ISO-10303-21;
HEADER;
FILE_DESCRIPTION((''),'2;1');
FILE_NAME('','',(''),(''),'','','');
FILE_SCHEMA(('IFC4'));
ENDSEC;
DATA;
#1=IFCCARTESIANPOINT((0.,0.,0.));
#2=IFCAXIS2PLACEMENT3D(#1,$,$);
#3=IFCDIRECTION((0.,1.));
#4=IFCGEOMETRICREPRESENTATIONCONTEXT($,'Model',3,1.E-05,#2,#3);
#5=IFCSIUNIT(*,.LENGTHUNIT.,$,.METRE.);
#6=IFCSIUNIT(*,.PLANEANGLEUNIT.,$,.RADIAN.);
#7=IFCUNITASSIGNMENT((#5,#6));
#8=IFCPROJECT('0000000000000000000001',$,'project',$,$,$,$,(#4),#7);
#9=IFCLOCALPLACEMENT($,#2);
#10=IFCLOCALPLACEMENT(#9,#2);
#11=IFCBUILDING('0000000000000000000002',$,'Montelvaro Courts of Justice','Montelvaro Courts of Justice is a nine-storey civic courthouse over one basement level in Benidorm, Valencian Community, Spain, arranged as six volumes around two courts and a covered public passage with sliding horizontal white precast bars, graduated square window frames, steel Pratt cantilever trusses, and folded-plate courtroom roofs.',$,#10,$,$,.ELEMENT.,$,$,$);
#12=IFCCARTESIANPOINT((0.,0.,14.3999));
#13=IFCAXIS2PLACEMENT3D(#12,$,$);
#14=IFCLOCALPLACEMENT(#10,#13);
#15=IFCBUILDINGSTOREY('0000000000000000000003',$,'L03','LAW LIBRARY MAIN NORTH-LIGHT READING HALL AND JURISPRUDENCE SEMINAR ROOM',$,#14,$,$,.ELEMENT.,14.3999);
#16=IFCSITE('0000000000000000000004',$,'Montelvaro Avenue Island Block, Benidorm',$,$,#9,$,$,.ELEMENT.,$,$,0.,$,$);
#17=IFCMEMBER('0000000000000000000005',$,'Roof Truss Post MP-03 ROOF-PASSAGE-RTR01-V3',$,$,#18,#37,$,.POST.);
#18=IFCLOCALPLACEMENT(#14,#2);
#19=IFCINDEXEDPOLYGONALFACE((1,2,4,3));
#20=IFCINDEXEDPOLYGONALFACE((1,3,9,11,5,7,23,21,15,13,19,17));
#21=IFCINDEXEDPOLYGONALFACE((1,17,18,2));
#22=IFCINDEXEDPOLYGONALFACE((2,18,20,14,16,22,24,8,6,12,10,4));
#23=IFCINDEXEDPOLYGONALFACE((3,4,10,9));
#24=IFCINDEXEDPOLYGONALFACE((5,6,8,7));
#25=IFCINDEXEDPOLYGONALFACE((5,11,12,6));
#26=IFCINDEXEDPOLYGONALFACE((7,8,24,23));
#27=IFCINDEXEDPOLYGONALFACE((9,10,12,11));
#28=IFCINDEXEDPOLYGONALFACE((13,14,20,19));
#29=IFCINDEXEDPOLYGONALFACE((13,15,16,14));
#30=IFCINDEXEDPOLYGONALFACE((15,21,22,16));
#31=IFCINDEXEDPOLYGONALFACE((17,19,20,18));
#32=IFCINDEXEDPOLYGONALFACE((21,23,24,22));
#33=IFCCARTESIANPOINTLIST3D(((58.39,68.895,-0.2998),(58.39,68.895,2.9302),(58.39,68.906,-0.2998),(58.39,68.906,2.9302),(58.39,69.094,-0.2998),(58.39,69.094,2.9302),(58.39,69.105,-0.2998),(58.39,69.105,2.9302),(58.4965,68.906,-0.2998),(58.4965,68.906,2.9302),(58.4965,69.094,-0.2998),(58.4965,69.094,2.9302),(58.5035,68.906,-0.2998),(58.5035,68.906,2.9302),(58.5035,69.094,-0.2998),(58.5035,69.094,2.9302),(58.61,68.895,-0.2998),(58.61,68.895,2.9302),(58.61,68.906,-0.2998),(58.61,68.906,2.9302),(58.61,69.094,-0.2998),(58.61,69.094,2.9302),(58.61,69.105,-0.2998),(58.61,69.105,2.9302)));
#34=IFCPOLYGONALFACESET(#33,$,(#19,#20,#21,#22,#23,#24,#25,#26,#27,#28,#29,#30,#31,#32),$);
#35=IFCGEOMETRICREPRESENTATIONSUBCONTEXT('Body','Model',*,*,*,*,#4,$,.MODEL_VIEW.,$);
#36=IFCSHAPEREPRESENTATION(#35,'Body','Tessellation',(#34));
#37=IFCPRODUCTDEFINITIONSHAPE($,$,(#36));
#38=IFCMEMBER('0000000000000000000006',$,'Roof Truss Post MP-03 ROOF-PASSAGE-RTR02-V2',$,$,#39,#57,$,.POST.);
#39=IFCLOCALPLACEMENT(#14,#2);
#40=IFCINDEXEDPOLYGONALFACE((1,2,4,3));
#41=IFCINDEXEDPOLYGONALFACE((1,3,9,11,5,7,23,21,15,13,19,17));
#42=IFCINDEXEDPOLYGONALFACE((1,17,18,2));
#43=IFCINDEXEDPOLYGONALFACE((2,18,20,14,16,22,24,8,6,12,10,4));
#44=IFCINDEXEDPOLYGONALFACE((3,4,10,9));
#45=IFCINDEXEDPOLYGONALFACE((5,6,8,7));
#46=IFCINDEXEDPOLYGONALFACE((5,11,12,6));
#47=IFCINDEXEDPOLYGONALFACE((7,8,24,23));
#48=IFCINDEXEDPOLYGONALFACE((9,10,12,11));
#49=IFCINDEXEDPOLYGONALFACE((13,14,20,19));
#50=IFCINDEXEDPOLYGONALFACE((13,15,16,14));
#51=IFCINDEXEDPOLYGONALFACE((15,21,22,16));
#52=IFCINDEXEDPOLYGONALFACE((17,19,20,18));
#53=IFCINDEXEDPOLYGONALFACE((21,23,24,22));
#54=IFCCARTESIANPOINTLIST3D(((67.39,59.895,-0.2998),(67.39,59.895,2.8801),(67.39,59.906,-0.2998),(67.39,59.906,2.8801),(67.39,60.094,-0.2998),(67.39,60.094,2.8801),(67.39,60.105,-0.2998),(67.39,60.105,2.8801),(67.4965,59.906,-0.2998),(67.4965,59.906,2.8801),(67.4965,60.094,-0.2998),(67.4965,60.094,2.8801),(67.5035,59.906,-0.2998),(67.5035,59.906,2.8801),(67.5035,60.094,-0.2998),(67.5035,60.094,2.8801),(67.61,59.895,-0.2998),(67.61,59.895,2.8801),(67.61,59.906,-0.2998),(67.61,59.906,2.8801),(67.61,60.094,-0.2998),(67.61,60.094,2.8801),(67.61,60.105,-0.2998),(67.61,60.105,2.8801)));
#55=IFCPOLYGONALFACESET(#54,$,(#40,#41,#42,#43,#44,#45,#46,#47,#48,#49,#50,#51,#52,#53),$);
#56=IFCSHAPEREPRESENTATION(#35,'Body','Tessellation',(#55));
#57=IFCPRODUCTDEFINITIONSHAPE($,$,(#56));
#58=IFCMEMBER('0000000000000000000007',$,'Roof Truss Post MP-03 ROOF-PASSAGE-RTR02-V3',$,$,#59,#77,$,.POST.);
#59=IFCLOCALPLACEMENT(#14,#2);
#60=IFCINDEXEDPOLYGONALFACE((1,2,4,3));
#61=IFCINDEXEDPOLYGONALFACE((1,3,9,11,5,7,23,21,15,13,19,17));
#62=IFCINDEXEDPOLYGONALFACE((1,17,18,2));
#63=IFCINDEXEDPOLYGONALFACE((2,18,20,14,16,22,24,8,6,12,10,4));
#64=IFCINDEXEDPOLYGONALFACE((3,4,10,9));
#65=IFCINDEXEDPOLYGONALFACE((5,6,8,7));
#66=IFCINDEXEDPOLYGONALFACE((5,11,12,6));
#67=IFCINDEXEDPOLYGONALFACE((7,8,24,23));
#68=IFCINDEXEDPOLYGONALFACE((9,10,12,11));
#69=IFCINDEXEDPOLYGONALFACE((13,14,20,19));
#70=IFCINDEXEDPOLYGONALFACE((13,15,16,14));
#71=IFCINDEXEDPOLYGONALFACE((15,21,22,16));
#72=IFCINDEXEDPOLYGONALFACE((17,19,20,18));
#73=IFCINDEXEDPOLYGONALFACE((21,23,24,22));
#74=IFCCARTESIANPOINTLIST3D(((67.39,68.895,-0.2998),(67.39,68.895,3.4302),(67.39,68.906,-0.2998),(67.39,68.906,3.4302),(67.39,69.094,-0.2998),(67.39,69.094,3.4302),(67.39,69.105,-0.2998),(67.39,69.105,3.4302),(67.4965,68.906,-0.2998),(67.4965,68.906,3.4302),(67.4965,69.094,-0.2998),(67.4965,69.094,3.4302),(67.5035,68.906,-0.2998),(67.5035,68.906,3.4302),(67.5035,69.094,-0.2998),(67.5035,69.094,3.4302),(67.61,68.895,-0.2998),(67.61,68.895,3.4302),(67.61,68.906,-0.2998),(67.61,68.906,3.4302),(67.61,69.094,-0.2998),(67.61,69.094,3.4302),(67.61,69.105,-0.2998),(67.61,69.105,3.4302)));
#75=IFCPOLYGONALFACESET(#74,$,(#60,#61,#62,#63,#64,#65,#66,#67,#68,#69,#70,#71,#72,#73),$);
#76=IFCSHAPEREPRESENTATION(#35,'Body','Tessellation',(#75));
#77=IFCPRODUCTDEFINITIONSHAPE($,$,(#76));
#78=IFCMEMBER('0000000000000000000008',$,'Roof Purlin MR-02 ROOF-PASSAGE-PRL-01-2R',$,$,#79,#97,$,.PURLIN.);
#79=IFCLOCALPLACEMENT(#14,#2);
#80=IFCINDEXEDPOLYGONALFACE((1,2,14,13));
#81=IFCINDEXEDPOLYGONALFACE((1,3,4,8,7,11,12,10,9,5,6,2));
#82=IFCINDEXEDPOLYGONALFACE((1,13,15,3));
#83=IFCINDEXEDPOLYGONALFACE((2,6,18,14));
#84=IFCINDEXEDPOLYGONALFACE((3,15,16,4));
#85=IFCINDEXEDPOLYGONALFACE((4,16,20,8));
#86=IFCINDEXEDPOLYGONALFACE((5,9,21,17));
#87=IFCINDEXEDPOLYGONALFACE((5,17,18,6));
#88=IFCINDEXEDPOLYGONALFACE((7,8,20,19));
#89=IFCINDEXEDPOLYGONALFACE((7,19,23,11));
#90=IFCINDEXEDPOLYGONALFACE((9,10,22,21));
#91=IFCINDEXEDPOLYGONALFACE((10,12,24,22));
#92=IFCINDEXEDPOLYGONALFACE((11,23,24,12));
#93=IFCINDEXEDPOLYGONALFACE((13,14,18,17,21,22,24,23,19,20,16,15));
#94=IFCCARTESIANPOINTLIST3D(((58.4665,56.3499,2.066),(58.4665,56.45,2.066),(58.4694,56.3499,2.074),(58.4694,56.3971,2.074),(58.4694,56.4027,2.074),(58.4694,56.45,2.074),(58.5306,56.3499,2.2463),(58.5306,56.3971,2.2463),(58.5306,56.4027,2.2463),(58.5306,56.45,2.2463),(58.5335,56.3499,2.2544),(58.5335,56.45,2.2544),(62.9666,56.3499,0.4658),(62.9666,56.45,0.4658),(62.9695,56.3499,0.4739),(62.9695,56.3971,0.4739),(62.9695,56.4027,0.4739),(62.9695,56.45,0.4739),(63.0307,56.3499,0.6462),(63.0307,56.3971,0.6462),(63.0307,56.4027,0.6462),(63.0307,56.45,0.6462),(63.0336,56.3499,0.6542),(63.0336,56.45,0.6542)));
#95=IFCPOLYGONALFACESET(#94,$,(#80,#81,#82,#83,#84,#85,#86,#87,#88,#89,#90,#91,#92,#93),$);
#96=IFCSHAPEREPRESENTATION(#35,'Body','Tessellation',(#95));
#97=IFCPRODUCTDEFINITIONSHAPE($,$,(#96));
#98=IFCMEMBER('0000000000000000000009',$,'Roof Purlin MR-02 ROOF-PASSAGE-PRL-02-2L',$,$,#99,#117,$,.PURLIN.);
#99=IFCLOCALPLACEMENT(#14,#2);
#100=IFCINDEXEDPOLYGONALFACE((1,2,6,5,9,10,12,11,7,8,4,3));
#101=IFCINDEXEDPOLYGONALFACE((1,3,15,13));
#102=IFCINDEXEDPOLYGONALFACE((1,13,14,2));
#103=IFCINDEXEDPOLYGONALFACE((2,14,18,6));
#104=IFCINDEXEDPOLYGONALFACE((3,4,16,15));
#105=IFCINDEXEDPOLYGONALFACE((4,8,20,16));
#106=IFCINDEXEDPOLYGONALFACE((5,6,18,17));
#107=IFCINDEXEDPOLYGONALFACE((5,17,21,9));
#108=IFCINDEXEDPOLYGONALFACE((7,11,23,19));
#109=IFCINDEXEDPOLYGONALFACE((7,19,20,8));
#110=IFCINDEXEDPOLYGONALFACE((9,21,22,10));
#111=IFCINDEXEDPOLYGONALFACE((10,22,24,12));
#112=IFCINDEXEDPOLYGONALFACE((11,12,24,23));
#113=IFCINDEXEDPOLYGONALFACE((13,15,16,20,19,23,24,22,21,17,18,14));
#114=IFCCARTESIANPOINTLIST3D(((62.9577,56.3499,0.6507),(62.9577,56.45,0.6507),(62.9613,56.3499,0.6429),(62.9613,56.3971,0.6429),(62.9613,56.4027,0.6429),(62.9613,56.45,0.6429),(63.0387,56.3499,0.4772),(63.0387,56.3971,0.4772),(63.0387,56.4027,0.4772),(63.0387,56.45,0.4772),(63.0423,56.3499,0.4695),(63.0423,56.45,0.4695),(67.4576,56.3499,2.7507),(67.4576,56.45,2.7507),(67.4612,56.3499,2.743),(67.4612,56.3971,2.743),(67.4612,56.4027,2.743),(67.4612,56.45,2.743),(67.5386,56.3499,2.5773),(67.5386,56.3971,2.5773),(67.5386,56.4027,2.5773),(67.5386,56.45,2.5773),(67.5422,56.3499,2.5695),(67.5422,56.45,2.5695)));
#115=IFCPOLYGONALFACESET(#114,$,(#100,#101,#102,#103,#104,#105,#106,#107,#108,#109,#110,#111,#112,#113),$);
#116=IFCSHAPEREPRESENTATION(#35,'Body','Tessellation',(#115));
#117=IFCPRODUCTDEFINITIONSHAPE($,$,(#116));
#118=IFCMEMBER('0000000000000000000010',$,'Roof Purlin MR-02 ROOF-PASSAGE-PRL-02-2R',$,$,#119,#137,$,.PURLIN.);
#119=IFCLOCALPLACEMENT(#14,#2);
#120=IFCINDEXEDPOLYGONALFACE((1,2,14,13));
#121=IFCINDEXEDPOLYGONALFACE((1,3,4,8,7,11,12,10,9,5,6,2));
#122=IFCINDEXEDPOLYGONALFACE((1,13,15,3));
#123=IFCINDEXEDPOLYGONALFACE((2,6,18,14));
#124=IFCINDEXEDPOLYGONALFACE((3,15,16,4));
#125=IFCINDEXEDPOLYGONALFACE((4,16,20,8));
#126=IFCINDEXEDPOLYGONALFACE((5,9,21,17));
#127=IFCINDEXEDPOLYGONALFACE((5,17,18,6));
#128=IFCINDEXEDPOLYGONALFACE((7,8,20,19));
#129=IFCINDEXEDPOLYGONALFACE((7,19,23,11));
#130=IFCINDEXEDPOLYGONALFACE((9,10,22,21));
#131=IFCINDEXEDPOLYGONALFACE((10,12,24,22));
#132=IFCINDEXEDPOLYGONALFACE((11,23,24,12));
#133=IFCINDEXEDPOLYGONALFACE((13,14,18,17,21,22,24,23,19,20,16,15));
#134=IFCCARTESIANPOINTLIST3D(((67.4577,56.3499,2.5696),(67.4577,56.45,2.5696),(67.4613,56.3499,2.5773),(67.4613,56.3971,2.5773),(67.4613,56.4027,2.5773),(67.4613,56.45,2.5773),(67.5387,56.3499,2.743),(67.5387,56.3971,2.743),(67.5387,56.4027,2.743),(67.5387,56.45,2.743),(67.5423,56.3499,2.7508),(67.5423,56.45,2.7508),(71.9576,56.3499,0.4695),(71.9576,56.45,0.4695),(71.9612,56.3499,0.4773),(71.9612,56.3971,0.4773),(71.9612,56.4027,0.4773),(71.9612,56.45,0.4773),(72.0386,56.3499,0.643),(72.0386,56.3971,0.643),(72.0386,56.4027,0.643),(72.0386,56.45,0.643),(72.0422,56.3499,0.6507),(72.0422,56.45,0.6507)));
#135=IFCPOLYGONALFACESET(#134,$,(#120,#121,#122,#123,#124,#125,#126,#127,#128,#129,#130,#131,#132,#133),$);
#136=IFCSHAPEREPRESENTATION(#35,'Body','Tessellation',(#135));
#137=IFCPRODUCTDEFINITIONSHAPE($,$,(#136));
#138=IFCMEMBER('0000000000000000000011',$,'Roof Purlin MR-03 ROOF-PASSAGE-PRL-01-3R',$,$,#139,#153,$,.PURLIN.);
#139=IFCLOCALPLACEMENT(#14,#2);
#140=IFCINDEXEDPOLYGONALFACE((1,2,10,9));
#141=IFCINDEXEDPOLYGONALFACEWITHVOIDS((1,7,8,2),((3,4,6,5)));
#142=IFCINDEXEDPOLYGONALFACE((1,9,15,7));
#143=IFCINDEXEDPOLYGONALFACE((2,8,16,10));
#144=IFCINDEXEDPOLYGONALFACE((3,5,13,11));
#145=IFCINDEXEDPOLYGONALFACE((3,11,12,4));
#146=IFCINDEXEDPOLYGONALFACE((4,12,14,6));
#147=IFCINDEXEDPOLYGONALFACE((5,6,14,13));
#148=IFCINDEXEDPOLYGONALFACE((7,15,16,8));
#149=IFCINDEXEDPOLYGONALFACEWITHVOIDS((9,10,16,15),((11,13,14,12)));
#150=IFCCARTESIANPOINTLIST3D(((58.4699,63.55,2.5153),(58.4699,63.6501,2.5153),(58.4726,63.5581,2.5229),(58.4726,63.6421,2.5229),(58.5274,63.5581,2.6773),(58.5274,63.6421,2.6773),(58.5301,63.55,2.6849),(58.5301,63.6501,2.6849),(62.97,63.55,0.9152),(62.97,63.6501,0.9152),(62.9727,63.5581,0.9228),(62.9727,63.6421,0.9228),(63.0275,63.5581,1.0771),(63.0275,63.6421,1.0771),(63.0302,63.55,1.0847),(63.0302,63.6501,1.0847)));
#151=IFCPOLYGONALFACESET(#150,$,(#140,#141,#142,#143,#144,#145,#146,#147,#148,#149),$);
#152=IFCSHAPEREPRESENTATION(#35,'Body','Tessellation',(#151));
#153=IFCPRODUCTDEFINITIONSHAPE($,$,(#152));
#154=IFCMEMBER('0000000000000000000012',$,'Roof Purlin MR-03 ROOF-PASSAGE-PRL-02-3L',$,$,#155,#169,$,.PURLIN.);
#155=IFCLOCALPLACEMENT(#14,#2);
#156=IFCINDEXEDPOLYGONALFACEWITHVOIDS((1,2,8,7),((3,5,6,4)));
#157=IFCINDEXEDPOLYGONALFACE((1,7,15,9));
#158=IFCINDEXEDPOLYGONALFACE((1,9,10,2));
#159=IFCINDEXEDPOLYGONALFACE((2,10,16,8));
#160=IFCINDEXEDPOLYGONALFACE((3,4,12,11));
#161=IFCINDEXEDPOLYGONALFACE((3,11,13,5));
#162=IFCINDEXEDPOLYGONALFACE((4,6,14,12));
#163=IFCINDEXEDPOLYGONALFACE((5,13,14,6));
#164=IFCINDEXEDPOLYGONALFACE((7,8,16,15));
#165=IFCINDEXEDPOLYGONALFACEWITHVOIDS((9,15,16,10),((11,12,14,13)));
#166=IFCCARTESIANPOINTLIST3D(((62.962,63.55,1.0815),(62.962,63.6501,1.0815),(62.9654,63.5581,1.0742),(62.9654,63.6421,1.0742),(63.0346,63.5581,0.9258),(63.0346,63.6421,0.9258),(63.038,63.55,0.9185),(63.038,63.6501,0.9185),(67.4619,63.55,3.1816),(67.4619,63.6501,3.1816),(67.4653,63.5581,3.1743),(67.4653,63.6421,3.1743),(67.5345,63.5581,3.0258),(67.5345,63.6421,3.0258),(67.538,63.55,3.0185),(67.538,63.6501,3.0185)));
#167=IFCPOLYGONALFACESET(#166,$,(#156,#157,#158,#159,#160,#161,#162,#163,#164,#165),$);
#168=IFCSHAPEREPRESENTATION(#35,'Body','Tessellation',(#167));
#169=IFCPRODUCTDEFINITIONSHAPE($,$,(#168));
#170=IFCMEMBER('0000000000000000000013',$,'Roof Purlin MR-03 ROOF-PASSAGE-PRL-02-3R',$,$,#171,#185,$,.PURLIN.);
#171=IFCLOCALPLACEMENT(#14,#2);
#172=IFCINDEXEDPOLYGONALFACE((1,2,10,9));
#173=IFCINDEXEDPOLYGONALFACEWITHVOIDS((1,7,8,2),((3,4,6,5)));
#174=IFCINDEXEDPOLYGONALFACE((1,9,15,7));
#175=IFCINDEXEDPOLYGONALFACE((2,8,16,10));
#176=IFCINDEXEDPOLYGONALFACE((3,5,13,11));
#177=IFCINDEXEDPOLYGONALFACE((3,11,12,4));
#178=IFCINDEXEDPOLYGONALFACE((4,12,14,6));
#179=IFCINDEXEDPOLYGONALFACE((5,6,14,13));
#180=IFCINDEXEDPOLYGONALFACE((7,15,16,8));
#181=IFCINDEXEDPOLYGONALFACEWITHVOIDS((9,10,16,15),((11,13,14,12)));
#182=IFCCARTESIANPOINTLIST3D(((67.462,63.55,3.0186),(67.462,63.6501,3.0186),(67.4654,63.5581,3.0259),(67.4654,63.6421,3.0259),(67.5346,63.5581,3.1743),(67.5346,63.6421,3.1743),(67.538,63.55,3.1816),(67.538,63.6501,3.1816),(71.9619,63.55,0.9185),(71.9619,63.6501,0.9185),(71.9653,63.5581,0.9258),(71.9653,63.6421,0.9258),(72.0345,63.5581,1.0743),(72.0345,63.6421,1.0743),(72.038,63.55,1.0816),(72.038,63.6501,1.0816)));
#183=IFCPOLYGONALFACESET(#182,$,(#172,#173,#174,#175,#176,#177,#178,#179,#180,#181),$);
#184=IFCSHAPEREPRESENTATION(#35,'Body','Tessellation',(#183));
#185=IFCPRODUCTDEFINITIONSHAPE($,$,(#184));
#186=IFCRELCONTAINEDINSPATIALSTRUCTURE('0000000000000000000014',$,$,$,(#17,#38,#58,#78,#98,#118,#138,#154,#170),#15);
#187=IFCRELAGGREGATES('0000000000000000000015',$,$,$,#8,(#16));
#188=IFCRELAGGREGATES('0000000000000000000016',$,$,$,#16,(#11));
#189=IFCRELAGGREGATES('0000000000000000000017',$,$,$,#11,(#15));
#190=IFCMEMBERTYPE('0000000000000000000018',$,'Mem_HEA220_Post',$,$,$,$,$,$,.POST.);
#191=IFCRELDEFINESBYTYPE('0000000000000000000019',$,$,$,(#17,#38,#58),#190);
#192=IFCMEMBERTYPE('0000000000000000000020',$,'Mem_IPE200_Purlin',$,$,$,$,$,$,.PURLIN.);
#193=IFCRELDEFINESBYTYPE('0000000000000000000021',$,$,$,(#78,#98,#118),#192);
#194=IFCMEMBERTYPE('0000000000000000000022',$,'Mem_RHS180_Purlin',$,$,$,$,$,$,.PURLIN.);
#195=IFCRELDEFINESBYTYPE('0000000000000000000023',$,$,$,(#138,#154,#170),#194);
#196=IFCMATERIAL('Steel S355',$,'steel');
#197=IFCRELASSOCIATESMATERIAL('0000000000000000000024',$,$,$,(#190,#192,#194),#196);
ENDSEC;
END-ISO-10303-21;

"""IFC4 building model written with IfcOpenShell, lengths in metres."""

from ifc_helpers import new_model, si_unit, direction, frame, origin, origin_2d, place, context, subcontext, project, spatial, hollow_rectangle, i_section, extrude, material, material_profile, profile_set, type_object, element, save


model = new_model("IFC4")

# Units and contexts
model_context = context("Model", 3, precision=1e-05, world=origin(), true_north=direction((0.0, 1.0)))
body_context = subcontext(model_context, "Body", "Model", "MODEL_VIEW")
ifc_project = project(units=[si_unit("LENGTHUNIT", "METRE"), si_unit("PLANEANGLEUNIT", "RADIAN")], contexts=[model_context])

# Site, building, storey
site_placement = place(None, origin())
site = spatial("IfcSite", under=ifc_project, at=site_placement, Name="Montelvaro Avenue Island Block, Benidorm", CompositionType="ELEMENT", RefElevation=0.0)
building_placement = place(site_placement, origin())
building = spatial("IfcBuilding", under=site, at=building_placement, Name="Montelvaro Courts of Justice", Description="Montelvaro Courts of Justice is a nine-storey civic courthouse over one basement level in Benidorm, Valencian Community, Spain, arranged as six volumes around two courts and a covered public passage with sliding horizontal white precast bars, graduated square window frames, steel Pratt cantilever trusses, and folded-plate courtroom roofs.", CompositionType="ELEMENT")
storey_placement = place(building_placement, frame((0.0, 0.0, 14.3999)))
storey = spatial("IfcBuildingStorey", under=building, at=storey_placement, Name="L03", Description="LAW LIBRARY MAIN NORTH-LIGHT READING HALL AND JURISPRUDENCE SEMINAR ROOM", CompositionType="ELEMENT", Elevation=14.3999)

# Members
ifc_material = material(Name="Steel S355", Category="steel")
ifc_material_profile_1 = material_profile(ifc_material, i_section(OverallWidth=0.22, OverallDepth=0.21, WebThickness=0.0071, FlangeThickness=0.011, at=origin_2d()), Name="HEA 220")
ifc_profile_set_1 = profile_set([ifc_material_profile_1], Name="Steel S355")
member_type_1 = type_object("IfcMemberType", Name="Mem_HEA220_Post", PredefinedType="POST", material=ifc_profile_set_1)
member_1_placement = place(storey_placement, frame((58.5, 69.0, -0.2998), z_axis=(0.0, 0.0, 1.0), x_axis=(1.0, 0.0, 0.0)))
element("IfcMember", 1, at=member_1_placement, inside=storey, type_object=member_type_1, Name="Roof Truss Post MP-03 ROOF-PASSAGE-RTR01-V3", PredefinedType="POST", context=body_context, shape_type="SweptSolid", body=[
    extrude(i_section(OverallWidth=0.22, OverallDepth=0.21, WebThickness=0.0071, FlangeThickness=0.011, at=origin_2d()), origin(), (0.0, 0.0, 1.0), 3.23),
])
member_2_placement = place(storey_placement, frame((67.5, 60.0, -0.2998), z_axis=(0.0, 0.0, 1.0), x_axis=(1.0, 0.0, 0.0)))
element("IfcMember", 2, at=member_2_placement, inside=storey, type_object=member_type_1, Name="Roof Truss Post MP-03 ROOF-PASSAGE-RTR02-V2", PredefinedType="POST", context=body_context, shape_type="SweptSolid", body=[
    extrude(i_section(OverallWidth=0.22, OverallDepth=0.21, WebThickness=0.0071, FlangeThickness=0.011, at=origin_2d()), origin(), (0.0, 0.0, 1.0), 3.1799),
])
member_3_placement = place(storey_placement, frame((67.5, 69.0, -0.2998), z_axis=(0.0, 0.0, 1.0), x_axis=(1.0, 0.0, 0.0)))
element("IfcMember", 3, at=member_3_placement, inside=storey, type_object=member_type_1, Name="Roof Truss Post MP-03 ROOF-PASSAGE-RTR02-V3", PredefinedType="POST", context=body_context, shape_type="SweptSolid", body=[
    extrude(i_section(OverallWidth=0.22, OverallDepth=0.21, WebThickness=0.0071, FlangeThickness=0.011, at=origin_2d()), origin(), (0.0, 0.0, 1.0), 3.73),
])
ifc_material_profile_2 = material_profile(ifc_material, i_section(OverallWidth=0.1001, OverallDepth=0.2, WebThickness=0.0056, FlangeThickness=0.0085, at=origin_2d()), Name="IPE 200")
ifc_profile_set_2 = profile_set([ifc_material_profile_2], Name="Steel S355")
member_type_2 = type_object("IfcMemberType", Name="Mem_IPE200_Purlin", PredefinedType="PURLIN", material=ifc_profile_set_2)
member_4_placement = place(storey_placement, frame((58.5, 56.3999, 2.1602), z_axis=(0.942208, 0.0, -0.335028), x_axis=(0.0, 1.0, 0.0)))
element("IfcMember", 4, at=member_4_placement, inside=storey, type_object=member_type_2, Name="Roof Purlin MR-02 ROOF-PASSAGE-PRL-01-2R", PredefinedType="PURLIN", context=body_context, shape_type="SweptSolid", body=[
    extrude(i_section(OverallWidth=0.1001, OverallDepth=0.2, WebThickness=0.0056, FlangeThickness=0.0085, at=origin_2d()), origin(), (0.0, 0.0, 1.0), 4.7761),
])
for number, where, z_axis, x_axis, name in (
    (5, (63.0, 56.3999, 0.5601), (0.906176, 0.0, 0.422902), (0.0, 1.0, 0.0), "Roof Purlin MR-02 ROOF-PASSAGE-PRL-02-2L"),
    (6, (67.5, 56.3999, 2.6602), (0.906176, 0.0, -0.422902), (0.0, 1.0, 0.0), "Roof Purlin MR-02 ROOF-PASSAGE-PRL-02-2R"),
):
    element("IfcMember", number, at=place(storey_placement, frame(where, z_axis=z_axis, x_axis=x_axis)), inside=storey, type_object=member_type_2, Name=name, PredefinedType="PURLIN", context=body_context, shape_type="SweptSolid", body=[
        extrude(i_section(OverallWidth=0.1001, OverallDepth=0.2, WebThickness=0.0056, FlangeThickness=0.0085, at=origin_2d()), origin(), (0.0, 0.0, 1.0), 4.9658),
    ])
ifc_material_profile_3 = material_profile(ifc_material, hollow_rectangle(XDim=0.1001, YDim=0.1799, WallThickness=0.0081, at=origin_2d()), Name="RHS 180x100x8")
ifc_profile_set_3 = profile_set([ifc_material_profile_3], Name="Steel S355")
member_type_3 = type_object("IfcMemberType", Name="Mem_RHS180_Purlin", PredefinedType="PURLIN", material=ifc_profile_set_3)
member_5_placement = place(storey_placement, frame((58.5, 63.6001, 2.6001), z_axis=(0.942208, 0.0, -0.335028), x_axis=(0.0, 1.0, 0.0)))
element("IfcMember", 7, at=member_5_placement, inside=storey, type_object=member_type_3, Name="Roof Purlin MR-03 ROOF-PASSAGE-PRL-01-3R", PredefinedType="PURLIN", context=body_context, shape_type="SweptSolid", body=[
    extrude(hollow_rectangle(XDim=0.1001, YDim=0.1799, WallThickness=0.0081, at=origin_2d()), origin(), (0.0, 0.0, 1.0), 4.7761),
])
for number, where, z_axis, x_axis, name in (
    (8, (63.0, 63.6001, 1.0), (0.906176, 0.0, 0.422902), (0.0, 1.0, 0.0), "Roof Purlin MR-03 ROOF-PASSAGE-PRL-02-3L"),
    (9, (67.5, 63.6001, 3.1001), (0.906176, 0.0, -0.422902), (0.0, 1.0, 0.0), "Roof Purlin MR-03 ROOF-PASSAGE-PRL-02-3R"),
):
    element("IfcMember", number, at=place(storey_placement, frame(where, z_axis=z_axis, x_axis=x_axis)), inside=storey, type_object=member_type_3, Name=name, PredefinedType="PURLIN", context=body_context, shape_type="SweptSolid", body=[
        extrude(hollow_rectangle(XDim=0.1001, YDim=0.1799, WallThickness=0.0081, at=origin_2d()), origin(), (0.0, 0.0, 1.0), 4.9658),
    ])

save(model, "model.ifc")
